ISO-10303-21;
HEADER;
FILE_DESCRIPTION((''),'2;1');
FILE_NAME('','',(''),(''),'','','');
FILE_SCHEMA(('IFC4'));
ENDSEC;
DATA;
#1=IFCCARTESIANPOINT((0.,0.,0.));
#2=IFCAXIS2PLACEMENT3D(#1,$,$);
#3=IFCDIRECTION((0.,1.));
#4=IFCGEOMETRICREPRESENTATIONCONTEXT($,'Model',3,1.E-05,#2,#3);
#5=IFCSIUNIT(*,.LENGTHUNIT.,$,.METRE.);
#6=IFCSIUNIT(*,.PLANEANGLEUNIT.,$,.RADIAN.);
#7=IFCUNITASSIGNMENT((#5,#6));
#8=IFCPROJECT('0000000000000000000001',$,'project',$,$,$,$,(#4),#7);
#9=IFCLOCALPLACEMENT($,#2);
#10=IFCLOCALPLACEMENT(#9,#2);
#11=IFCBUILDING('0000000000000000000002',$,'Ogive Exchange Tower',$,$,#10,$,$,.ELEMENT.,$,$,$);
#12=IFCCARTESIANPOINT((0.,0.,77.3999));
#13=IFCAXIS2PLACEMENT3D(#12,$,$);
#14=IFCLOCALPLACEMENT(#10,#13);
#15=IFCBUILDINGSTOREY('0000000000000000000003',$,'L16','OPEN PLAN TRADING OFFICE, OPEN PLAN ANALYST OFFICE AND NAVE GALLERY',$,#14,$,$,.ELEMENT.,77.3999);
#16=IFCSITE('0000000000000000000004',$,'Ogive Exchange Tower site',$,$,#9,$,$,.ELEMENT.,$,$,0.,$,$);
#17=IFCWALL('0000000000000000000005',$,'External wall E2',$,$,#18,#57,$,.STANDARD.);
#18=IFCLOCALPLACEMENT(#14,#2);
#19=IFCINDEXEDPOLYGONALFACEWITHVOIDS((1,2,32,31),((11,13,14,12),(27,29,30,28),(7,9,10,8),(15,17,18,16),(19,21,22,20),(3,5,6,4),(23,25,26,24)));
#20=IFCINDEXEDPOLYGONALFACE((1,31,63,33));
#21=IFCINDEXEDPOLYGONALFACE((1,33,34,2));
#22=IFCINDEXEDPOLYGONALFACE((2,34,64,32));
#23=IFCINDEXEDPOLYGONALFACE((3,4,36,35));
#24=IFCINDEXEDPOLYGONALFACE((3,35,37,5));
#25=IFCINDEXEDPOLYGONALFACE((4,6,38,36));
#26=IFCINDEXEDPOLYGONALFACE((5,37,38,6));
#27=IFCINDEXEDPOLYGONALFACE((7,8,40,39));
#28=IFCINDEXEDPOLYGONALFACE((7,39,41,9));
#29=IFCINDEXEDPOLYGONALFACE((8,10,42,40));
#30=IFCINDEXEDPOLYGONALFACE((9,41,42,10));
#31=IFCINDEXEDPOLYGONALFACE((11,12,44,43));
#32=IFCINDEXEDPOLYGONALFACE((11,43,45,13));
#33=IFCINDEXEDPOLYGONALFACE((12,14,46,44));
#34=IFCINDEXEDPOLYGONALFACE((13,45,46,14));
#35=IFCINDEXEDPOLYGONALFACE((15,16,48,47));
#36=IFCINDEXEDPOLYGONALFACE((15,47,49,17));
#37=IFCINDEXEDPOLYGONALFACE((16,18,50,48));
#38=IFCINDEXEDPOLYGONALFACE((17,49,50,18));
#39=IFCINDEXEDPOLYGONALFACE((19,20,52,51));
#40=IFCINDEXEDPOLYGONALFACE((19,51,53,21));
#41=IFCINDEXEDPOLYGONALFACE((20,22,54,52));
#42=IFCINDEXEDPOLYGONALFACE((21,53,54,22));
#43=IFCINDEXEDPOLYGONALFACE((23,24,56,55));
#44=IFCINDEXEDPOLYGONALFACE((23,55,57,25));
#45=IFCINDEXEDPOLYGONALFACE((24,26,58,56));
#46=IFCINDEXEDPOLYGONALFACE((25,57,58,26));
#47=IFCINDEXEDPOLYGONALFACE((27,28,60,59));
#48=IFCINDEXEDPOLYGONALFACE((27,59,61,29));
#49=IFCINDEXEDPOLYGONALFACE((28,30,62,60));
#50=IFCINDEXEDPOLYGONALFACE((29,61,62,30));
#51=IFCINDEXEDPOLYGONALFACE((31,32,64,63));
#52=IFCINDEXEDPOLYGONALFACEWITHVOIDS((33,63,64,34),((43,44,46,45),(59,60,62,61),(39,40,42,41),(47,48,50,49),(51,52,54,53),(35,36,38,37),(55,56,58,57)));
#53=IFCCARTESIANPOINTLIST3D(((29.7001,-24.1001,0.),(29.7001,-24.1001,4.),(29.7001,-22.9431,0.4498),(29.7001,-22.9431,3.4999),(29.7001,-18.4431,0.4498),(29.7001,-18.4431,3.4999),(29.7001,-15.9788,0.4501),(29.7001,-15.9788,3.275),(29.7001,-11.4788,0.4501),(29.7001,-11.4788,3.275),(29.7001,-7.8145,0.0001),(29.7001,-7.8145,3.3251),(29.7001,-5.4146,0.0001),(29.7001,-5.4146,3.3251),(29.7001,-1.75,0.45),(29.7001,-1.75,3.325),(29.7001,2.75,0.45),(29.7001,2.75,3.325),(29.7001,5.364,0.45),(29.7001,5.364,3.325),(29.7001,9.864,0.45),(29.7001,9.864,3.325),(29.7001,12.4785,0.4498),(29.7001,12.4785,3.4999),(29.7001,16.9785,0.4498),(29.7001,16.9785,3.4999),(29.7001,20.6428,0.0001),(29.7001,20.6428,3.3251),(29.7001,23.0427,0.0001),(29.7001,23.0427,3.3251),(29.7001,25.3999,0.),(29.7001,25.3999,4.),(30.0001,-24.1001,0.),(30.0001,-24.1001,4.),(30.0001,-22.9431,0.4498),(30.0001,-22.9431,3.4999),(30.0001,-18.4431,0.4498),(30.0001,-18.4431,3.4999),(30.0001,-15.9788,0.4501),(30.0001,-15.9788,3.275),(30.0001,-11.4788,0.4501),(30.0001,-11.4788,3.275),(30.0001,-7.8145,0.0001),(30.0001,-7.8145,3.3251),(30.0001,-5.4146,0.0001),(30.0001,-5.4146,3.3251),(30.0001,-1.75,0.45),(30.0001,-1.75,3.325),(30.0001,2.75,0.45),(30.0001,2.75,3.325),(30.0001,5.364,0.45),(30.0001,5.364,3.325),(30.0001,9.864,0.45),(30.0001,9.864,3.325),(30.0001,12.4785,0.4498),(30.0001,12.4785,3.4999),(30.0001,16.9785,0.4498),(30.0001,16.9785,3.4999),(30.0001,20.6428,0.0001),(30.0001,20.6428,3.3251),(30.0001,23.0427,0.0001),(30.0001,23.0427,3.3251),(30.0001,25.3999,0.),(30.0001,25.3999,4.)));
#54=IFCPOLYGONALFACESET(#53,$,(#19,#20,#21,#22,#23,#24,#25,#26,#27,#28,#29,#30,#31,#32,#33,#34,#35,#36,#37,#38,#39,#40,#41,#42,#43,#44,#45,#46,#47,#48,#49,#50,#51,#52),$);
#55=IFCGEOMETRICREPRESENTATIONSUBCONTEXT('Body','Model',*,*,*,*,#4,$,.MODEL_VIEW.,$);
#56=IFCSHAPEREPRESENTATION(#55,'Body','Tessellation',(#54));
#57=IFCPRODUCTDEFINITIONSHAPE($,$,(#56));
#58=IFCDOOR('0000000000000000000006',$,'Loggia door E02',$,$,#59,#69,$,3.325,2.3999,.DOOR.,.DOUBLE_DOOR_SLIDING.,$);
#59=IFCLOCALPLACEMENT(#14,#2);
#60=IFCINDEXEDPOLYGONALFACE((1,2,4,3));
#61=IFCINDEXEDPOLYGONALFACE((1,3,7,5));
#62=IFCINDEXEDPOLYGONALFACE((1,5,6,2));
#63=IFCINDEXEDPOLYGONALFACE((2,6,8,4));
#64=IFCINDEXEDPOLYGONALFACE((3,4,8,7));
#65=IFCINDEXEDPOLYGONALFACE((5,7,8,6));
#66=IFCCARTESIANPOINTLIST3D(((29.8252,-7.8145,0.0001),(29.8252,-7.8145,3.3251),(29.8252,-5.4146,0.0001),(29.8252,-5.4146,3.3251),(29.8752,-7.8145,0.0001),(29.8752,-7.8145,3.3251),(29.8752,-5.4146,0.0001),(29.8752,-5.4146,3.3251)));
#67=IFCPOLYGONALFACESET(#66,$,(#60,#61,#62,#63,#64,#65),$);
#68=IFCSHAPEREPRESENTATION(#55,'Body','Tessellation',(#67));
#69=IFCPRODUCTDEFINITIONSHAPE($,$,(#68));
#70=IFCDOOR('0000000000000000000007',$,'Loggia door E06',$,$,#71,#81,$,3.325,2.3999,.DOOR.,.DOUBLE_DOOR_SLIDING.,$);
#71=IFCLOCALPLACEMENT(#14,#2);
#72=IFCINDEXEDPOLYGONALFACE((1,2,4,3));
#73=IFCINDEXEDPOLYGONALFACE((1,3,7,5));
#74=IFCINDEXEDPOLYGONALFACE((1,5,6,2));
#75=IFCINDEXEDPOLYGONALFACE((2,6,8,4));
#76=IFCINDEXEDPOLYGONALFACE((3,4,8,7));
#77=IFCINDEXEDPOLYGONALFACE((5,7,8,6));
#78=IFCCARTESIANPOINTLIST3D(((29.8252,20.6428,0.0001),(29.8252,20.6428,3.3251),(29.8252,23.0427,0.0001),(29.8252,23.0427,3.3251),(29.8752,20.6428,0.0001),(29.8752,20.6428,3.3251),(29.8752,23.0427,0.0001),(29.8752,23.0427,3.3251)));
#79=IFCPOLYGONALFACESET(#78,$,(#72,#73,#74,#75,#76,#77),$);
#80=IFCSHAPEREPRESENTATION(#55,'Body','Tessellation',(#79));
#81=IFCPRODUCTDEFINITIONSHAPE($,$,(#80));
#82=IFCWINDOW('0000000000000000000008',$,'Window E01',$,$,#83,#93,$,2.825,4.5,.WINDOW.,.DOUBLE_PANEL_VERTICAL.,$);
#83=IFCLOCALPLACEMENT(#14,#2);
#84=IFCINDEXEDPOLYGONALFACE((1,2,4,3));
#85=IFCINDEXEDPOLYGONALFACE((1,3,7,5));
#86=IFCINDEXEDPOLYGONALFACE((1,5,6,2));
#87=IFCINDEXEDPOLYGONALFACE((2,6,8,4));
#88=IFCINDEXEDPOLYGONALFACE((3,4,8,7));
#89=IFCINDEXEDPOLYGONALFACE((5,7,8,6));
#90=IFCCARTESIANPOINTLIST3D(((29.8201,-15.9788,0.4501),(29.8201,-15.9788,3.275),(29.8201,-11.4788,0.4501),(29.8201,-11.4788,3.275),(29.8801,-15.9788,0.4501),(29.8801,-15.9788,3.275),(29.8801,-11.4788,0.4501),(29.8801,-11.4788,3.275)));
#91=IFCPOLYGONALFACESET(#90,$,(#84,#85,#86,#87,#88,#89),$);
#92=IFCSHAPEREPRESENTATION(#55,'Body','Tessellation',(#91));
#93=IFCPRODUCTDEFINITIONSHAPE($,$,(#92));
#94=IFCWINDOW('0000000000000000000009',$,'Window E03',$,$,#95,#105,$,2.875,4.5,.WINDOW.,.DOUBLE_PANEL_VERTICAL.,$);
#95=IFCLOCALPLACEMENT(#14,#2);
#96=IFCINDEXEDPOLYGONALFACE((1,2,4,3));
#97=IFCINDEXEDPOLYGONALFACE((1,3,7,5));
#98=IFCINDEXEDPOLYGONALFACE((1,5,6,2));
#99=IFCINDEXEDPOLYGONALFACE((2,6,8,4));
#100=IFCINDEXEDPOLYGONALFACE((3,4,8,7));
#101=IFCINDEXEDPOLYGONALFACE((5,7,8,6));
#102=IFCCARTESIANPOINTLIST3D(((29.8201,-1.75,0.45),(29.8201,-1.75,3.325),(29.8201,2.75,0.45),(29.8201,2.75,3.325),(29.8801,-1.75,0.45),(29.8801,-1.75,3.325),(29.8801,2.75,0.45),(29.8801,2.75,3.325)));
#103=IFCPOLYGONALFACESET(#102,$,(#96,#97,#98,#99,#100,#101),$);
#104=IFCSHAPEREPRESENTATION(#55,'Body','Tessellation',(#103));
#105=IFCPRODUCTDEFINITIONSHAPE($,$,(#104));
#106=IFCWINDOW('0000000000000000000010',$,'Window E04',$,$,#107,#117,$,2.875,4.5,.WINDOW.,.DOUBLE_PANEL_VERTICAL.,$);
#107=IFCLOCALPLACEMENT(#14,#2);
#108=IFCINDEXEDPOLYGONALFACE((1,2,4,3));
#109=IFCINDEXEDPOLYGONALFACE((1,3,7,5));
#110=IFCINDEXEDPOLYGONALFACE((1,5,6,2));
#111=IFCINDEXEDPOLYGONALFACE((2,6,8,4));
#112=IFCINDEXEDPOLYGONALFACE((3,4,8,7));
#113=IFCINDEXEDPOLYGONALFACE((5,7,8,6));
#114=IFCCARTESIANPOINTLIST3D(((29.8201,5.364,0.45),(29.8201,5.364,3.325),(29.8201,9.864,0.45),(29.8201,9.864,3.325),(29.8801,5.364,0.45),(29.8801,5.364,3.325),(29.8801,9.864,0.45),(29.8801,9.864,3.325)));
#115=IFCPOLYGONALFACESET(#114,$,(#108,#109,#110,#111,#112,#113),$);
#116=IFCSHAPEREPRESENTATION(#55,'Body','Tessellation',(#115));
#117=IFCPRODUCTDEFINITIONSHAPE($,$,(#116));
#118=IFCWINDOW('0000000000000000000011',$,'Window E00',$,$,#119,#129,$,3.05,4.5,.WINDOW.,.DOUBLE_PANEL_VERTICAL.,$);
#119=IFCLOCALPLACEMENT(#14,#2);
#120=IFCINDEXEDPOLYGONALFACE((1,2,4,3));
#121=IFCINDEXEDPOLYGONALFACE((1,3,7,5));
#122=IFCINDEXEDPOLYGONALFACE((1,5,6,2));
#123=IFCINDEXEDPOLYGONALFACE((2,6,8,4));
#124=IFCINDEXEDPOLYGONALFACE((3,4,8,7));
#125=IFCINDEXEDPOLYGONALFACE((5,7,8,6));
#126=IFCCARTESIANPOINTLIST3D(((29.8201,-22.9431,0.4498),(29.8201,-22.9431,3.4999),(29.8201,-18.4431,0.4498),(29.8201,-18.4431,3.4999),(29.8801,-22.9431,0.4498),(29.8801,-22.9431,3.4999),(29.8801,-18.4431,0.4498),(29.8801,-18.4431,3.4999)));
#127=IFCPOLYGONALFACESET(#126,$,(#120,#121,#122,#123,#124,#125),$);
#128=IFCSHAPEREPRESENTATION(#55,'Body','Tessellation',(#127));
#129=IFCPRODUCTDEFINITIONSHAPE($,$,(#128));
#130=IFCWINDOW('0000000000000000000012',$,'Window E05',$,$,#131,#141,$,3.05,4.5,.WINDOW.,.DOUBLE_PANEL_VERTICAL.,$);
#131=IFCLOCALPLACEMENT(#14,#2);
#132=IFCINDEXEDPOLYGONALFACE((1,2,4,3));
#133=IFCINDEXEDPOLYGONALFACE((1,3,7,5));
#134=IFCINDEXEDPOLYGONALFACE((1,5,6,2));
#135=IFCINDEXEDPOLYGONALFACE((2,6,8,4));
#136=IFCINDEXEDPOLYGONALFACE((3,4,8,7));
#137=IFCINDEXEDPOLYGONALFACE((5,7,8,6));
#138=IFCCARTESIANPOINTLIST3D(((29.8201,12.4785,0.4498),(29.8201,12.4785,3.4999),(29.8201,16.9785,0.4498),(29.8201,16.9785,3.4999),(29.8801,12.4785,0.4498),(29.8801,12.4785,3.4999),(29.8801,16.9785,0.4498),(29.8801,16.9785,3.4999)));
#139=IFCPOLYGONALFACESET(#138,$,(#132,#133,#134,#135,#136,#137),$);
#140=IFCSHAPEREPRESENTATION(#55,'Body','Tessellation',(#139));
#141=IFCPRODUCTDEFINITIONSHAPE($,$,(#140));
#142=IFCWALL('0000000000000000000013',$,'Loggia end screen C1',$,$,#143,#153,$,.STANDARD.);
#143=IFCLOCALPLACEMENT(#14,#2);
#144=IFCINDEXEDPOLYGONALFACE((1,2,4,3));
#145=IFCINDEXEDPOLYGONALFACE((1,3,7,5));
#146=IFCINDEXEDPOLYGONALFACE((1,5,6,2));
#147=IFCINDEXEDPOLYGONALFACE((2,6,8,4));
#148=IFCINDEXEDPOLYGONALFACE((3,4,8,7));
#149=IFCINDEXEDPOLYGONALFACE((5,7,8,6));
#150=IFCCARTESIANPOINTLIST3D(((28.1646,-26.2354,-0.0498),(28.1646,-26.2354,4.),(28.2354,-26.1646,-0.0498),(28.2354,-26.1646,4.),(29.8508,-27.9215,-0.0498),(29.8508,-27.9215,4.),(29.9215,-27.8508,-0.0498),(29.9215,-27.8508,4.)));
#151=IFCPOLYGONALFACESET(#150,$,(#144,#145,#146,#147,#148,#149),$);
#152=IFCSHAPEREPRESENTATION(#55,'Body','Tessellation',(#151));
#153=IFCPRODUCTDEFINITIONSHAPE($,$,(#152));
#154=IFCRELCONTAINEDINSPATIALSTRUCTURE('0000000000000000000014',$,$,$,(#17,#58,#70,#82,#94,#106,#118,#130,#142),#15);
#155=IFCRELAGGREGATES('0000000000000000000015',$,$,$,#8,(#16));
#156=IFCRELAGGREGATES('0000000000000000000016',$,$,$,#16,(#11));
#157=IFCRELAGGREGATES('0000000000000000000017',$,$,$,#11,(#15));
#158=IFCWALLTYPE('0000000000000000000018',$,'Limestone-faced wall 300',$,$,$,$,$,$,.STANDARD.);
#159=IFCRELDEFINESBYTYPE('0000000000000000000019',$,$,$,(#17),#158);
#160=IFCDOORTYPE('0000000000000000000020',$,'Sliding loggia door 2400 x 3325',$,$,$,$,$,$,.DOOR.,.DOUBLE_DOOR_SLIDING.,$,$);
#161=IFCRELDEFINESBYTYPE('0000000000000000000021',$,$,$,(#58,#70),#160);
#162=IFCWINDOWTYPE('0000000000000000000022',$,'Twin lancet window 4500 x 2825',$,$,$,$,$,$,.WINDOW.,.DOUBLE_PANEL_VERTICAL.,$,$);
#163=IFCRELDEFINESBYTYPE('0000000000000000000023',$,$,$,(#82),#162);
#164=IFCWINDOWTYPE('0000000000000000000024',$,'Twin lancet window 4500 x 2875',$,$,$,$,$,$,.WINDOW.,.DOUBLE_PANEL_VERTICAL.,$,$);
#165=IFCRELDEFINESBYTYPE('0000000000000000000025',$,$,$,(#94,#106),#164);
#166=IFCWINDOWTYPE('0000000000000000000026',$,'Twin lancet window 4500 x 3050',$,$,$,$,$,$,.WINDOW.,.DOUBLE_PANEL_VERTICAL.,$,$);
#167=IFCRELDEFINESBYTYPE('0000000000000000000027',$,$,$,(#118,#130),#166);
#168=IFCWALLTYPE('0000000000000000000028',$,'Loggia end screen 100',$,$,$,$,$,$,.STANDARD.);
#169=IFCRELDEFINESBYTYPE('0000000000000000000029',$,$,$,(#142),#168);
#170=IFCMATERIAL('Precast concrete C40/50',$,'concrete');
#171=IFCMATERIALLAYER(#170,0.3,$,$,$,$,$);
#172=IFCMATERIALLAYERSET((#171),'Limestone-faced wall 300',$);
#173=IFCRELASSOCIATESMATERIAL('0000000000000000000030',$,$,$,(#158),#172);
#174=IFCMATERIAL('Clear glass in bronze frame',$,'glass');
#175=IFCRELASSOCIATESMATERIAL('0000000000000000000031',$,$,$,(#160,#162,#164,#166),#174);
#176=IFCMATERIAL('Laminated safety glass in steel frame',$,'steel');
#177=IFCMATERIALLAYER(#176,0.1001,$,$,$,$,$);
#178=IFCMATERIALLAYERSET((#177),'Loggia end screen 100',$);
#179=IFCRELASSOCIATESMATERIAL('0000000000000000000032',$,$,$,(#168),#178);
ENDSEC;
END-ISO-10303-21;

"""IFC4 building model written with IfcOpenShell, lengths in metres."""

from ifc_helpers import new_model, si_unit, direction, frame, frame_2d, origin, place, context, subcontext, project, spatial, rectangle, extrude, material, layer, layer_set, type_object, element, fill, save


model = new_model("IFC4")

# Units and contexts
model_context = context("Model", 3, precision=1e-05, world=origin(), true_north=direction((0.0, 1.0)))
body_context = subcontext(model_context, "Body", "Model", "MODEL_VIEW")
ifc_project = project(units=[si_unit("LENGTHUNIT", "METRE"), si_unit("PLANEANGLEUNIT", "RADIAN")], contexts=[model_context])

# Site, building, storey
site_placement = place(None, origin())
site = spatial("IfcSite", under=ifc_project, at=site_placement, Name="Ogive Exchange Tower site", CompositionType="ELEMENT", RefElevation=0.0)
building_placement = place(site_placement, origin())
building = spatial("IfcBuilding", under=site, at=building_placement, Name="Ogive Exchange Tower", CompositionType="ELEMENT")
storey_placement = place(building_placement, frame((0.0, 0.0, 77.3999)))
storey = spatial("IfcBuildingStorey", under=building, at=storey_placement, Name="L16", Description="OPEN PLAN TRADING OFFICE, OPEN PLAN ANALYST OFFICE AND NAVE GALLERY", CompositionType="ELEMENT", Elevation=77.3999)

# Wall, openings, doors, windows
ifc_material_1 = material(Name="Precast concrete C40/50", Category="concrete")
ifc_layer_1 = layer(ifc_material_1, 0.3)
ifc_layer_set_1 = layer_set([ifc_layer_1], Name="Limestone-faced wall 300")
wall_type_1 = type_object("IfcWallType", Name="Limestone-faced wall 300", PredefinedType="STANDARD", material=ifc_layer_set_1)
wall_1_placement = place(storey_placement, frame((29.8501, -24.1001, 0.0), z_axis=(0.0, 0.0, 1.0), x_axis=(0.0, 1.0, 0.0)))
wall_1 = element("IfcWall", 1, at=wall_1_placement, inside=storey, type_object=wall_type_1, Name="External wall E2", PredefinedType="STANDARD", context=body_context, shape_type="SweptSolid", body=[
    extrude(rectangle(XDim=49.5, YDim=0.3, at=frame_2d((24.75, 0.0))), origin(), (0.0, 0.0, 1.0), 4.0),
])
opening_1_placement = place(wall_1_placement, frame((1.157, 0.0, 0.45)))
opening_1 = element("IfcOpeningElement", 2, at=opening_1_placement, cuts=wall_1, PredefinedType="OPENING", context=body_context, shape_type="SweptSolid", body=[
    extrude(rectangle(XDim=4.5, YDim=3.05, at=frame_2d((2.25, 1.5249))), frame((0.0, 0.1599, 0.0), z_axis=(0.0, -1.0, 0.0), x_axis=(1.0, 0.0, 0.0)), (0.0, 0.0, 1.0), 0.3201),
])
opening_2_placement = place(wall_1_placement, frame((8.1213, 0.0, 0.45)))
opening_2 = element("IfcOpeningElement", 3, at=opening_2_placement, cuts=wall_1, PredefinedType="OPENING", context=body_context, shape_type="SweptSolid", body=[
    extrude(rectangle(XDim=4.5, YDim=2.825, at=frame_2d((2.25, 1.4126))), frame((0.0, 0.1599, 0.0), z_axis=(0.0, -1.0, 0.0), x_axis=(1.0, 0.0, 0.0)), (0.0, 0.0, 1.0), 0.3201),
])
opening_3_placement = place(wall_1_placement, frame((16.2856, 0.0, 0.0)))
opening_3 = element("IfcOpeningElement", 4, at=opening_3_placement, cuts=wall_1, PredefinedType="OPENING", context=body_context, shape_type="SweptSolid", body=[
    extrude(rectangle(XDim=2.3999, YDim=3.325, at=frame_2d((1.2, 1.6626))), frame((0.0, 0.1599, 0.0), z_axis=(0.0, -1.0, 0.0), x_axis=(1.0, 0.0, 0.0)), (0.0, 0.0, 1.0), 0.3201),
])
opening_4_placement = place(wall_1_placement, frame((22.3501, 0.0, 0.45)))
opening_4 = element("IfcOpeningElement", 5, at=opening_4_placement, cuts=wall_1, PredefinedType="OPENING", context=body_context, shape_type="SweptSolid", body=[
    extrude(rectangle(XDim=4.5, YDim=2.875, at=frame_2d((2.25, 1.4375))), frame((0.0, 0.1599, 0.0), z_axis=(0.0, -1.0, 0.0), x_axis=(1.0, 0.0, 0.0)), (0.0, 0.0, 1.0), 0.3201),
])
opening_5_placement = place(wall_1_placement, frame((29.4641, 0.0, 0.45)))
opening_5 = element("IfcOpeningElement", 6, at=opening_5_placement, cuts=wall_1, PredefinedType="OPENING", context=body_context, shape_type="SweptSolid", body=[
    extrude(rectangle(XDim=4.5, YDim=2.875, at=frame_2d((2.25, 1.4375))), frame((0.0, 0.1599, 0.0), z_axis=(0.0, -1.0, 0.0), x_axis=(1.0, 0.0, 0.0)), (0.0, 0.0, 1.0), 0.3201),
])
opening_6_placement = place(wall_1_placement, frame((36.5786, 0.0, 0.45)))
opening_6 = element("IfcOpeningElement", 7, at=opening_6_placement, cuts=wall_1, PredefinedType="OPENING", context=body_context, shape_type="SweptSolid", body=[
    extrude(rectangle(XDim=4.5, YDim=3.05, at=frame_2d((2.25, 1.5249))), frame((0.0, 0.1599, 0.0), z_axis=(0.0, -1.0, 0.0), x_axis=(1.0, 0.0, 0.0)), (0.0, 0.0, 1.0), 0.3201),
])
opening_7_placement = place(wall_1_placement, frame((44.7429, 0.0, 0.0)))
opening_7 = element("IfcOpeningElement", 8, at=opening_7_placement, cuts=wall_1, PredefinedType="OPENING", context=body_context, shape_type="SweptSolid", body=[
    extrude(rectangle(XDim=2.3999, YDim=3.325, at=frame_2d((1.2, 1.6626))), frame((0.0, 0.1599, 0.0), z_axis=(0.0, -1.0, 0.0), x_axis=(1.0, 0.0, 0.0)), (0.0, 0.0, 1.0), 0.3201),
])
ifc_material_2 = material(Name="Clear glass in bronze frame", Category="glass")
door_type = type_object("IfcDoorType", Name="Sliding loggia door 2400 x 3325", OperationType="DOUBLE_DOOR_SLIDING", PredefinedType="DOOR", material=ifc_material_2)
door_1_placement = place(opening_3_placement, origin())
door_1 = element("IfcDoor", 9, at=door_1_placement, inside=storey, type_object=door_type, Name="Loggia door E02", OperationType="DOUBLE_DOOR_SLIDING", OverallHeight=3.325, OverallWidth=2.3999, PredefinedType="DOOR", context=body_context, shape_type="SweptSolid", body=[
    extrude(rectangle(XDim=2.3999, YDim=3.325, at=frame_2d((1.2, 1.6626))), frame((0.0, 0.0249, 0.0), z_axis=(0.0, -1.0, 0.0), x_axis=(1.0, 0.0, 0.0)), (0.0, 0.0, 1.0), 0.05),
])
fill(opening_3, door_1)
door_2_placement = place(opening_7_placement, origin())
door_2 = element("IfcDoor", 10, at=door_2_placement, inside=storey, type_object=door_type, Name="Loggia door E06", OperationType="DOUBLE_DOOR_SLIDING", OverallHeight=3.325, OverallWidth=2.3999, PredefinedType="DOOR", context=body_context, shape_type="SweptSolid", body=[
    extrude(rectangle(XDim=2.3999, YDim=3.325, at=frame_2d((1.2, 1.6626))), frame((0.0, 0.0249, 0.0), z_axis=(0.0, -1.0, 0.0), x_axis=(1.0, 0.0, 0.0)), (0.0, 0.0, 1.0), 0.05),
])
fill(opening_7, door_2)
window_type_1 = type_object("IfcWindowType", Name="Twin lancet window 4500 x 2825", PartitioningType="DOUBLE_PANEL_VERTICAL", PredefinedType="WINDOW", material=ifc_material_2)
window_1_placement = place(opening_2_placement, origin())
window_1 = element("IfcWindow", 11, at=window_1_placement, inside=storey, type_object=window_type_1, Name="Window E01", OverallHeight=2.825, OverallWidth=4.5, PartitioningType="DOUBLE_PANEL_VERTICAL", PredefinedType="WINDOW", context=body_context, shape_type="SweptSolid", body=[
    extrude(rectangle(XDim=4.5, YDim=2.825, at=frame_2d((2.25, 1.4126))), frame((0.0, 0.03, 0.0), z_axis=(0.0, -1.0, 0.0), x_axis=(1.0, 0.0, 0.0)), (0.0, 0.0, 1.0), 0.0601),
])
fill(opening_2, window_1)
window_type_2 = type_object("IfcWindowType", Name="Twin lancet window 4500 x 2875", PartitioningType="DOUBLE_PANEL_VERTICAL", PredefinedType="WINDOW", material=ifc_material_2)
window_2_placement = place(opening_4_placement, origin())
window_2 = element("IfcWindow", 12, at=window_2_placement, inside=storey, type_object=window_type_2, Name="Window E03", OverallHeight=2.875, OverallWidth=4.5, PartitioningType="DOUBLE_PANEL_VERTICAL", PredefinedType="WINDOW", context=body_context, shape_type="SweptSolid", body=[
    extrude(rectangle(XDim=4.5, YDim=2.875, at=frame_2d((2.25, 1.4375))), frame((0.0, 0.03, 0.0), z_axis=(0.0, -1.0, 0.0), x_axis=(1.0, 0.0, 0.0)), (0.0, 0.0, 1.0), 0.0601),
])
fill(opening_4, window_2)
window_3_placement = place(opening_5_placement, origin())
window_3 = element("IfcWindow", 13, at=window_3_placement, inside=storey, type_object=window_type_2, Name="Window E04", OverallHeight=2.875, OverallWidth=4.5, PartitioningType="DOUBLE_PANEL_VERTICAL", PredefinedType="WINDOW", context=body_context, shape_type="SweptSolid", body=[
    extrude(rectangle(XDim=4.5, YDim=2.875, at=frame_2d((2.25, 1.4375))), frame((0.0, 0.03, 0.0), z_axis=(0.0, -1.0, 0.0), x_axis=(1.0, 0.0, 0.0)), (0.0, 0.0, 1.0), 0.0601),
])
fill(opening_5, window_3)
window_type_3 = type_object("IfcWindowType", Name="Twin lancet window 4500 x 3050", PartitioningType="DOUBLE_PANEL_VERTICAL", PredefinedType="WINDOW", material=ifc_material_2)
window_4_placement = place(opening_1_placement, origin())
window_4 = element("IfcWindow", 14, at=window_4_placement, inside=storey, type_object=window_type_3, Name="Window E00", OverallHeight=3.05, OverallWidth=4.5, PartitioningType="DOUBLE_PANEL_VERTICAL", PredefinedType="WINDOW", context=body_context, shape_type="SweptSolid", body=[
    extrude(rectangle(XDim=4.5, YDim=3.05, at=frame_2d((2.25, 1.5249))), frame((0.0, 0.03, 0.0), z_axis=(0.0, -1.0, 0.0), x_axis=(1.0, 0.0, 0.0)), (0.0, 0.0, 1.0), 0.0601),
])
fill(opening_1, window_4)
window_5_placement = place(opening_6_placement, origin())
window_5 = element("IfcWindow", 15, at=window_5_placement, inside=storey, type_object=window_type_3, Name="Window E05", OverallHeight=3.05, OverallWidth=4.5, PartitioningType="DOUBLE_PANEL_VERTICAL", PredefinedType="WINDOW", context=body_context, shape_type="SweptSolid", body=[
    extrude(rectangle(XDim=4.5, YDim=3.05, at=frame_2d((2.25, 1.5249))), frame((0.0, 0.03, 0.0), z_axis=(0.0, -1.0, 0.0), x_axis=(1.0, 0.0, 0.0)), (0.0, 0.0, 1.0), 0.0601),
])
fill(opening_6, window_5)

# Wall
ifc_material_3 = material(Name="Laminated safety glass in steel frame", Category="steel")
ifc_layer_2 = layer(ifc_material_3, 0.1001)
ifc_layer_set_2 = layer_set([ifc_layer_2], Name="Loggia end screen 100")
wall_type_2 = type_object("IfcWallType", Name="Loggia end screen 100", PredefinedType="STANDARD", material=ifc_layer_set_2)
wall_2_placement = place(storey_placement, frame((28.2, -26.2, -0.0498), z_axis=(0.0, 0.0, 1.0), x_axis=(0.707107, -0.707107, 0.0)))
element("IfcWall", 16, at=wall_2_placement, inside=storey, type_object=wall_type_2, Name="Loggia end screen C1", PredefinedType="STANDARD", context=body_context, shape_type="SweptSolid", body=[
    extrude(rectangle(XDim=2.3845, YDim=0.1001, at=frame_2d((1.1924, 0.0))), origin(), (0.0, 0.0, 1.0), 4.0498),
])

save(model, "model.ifc")
